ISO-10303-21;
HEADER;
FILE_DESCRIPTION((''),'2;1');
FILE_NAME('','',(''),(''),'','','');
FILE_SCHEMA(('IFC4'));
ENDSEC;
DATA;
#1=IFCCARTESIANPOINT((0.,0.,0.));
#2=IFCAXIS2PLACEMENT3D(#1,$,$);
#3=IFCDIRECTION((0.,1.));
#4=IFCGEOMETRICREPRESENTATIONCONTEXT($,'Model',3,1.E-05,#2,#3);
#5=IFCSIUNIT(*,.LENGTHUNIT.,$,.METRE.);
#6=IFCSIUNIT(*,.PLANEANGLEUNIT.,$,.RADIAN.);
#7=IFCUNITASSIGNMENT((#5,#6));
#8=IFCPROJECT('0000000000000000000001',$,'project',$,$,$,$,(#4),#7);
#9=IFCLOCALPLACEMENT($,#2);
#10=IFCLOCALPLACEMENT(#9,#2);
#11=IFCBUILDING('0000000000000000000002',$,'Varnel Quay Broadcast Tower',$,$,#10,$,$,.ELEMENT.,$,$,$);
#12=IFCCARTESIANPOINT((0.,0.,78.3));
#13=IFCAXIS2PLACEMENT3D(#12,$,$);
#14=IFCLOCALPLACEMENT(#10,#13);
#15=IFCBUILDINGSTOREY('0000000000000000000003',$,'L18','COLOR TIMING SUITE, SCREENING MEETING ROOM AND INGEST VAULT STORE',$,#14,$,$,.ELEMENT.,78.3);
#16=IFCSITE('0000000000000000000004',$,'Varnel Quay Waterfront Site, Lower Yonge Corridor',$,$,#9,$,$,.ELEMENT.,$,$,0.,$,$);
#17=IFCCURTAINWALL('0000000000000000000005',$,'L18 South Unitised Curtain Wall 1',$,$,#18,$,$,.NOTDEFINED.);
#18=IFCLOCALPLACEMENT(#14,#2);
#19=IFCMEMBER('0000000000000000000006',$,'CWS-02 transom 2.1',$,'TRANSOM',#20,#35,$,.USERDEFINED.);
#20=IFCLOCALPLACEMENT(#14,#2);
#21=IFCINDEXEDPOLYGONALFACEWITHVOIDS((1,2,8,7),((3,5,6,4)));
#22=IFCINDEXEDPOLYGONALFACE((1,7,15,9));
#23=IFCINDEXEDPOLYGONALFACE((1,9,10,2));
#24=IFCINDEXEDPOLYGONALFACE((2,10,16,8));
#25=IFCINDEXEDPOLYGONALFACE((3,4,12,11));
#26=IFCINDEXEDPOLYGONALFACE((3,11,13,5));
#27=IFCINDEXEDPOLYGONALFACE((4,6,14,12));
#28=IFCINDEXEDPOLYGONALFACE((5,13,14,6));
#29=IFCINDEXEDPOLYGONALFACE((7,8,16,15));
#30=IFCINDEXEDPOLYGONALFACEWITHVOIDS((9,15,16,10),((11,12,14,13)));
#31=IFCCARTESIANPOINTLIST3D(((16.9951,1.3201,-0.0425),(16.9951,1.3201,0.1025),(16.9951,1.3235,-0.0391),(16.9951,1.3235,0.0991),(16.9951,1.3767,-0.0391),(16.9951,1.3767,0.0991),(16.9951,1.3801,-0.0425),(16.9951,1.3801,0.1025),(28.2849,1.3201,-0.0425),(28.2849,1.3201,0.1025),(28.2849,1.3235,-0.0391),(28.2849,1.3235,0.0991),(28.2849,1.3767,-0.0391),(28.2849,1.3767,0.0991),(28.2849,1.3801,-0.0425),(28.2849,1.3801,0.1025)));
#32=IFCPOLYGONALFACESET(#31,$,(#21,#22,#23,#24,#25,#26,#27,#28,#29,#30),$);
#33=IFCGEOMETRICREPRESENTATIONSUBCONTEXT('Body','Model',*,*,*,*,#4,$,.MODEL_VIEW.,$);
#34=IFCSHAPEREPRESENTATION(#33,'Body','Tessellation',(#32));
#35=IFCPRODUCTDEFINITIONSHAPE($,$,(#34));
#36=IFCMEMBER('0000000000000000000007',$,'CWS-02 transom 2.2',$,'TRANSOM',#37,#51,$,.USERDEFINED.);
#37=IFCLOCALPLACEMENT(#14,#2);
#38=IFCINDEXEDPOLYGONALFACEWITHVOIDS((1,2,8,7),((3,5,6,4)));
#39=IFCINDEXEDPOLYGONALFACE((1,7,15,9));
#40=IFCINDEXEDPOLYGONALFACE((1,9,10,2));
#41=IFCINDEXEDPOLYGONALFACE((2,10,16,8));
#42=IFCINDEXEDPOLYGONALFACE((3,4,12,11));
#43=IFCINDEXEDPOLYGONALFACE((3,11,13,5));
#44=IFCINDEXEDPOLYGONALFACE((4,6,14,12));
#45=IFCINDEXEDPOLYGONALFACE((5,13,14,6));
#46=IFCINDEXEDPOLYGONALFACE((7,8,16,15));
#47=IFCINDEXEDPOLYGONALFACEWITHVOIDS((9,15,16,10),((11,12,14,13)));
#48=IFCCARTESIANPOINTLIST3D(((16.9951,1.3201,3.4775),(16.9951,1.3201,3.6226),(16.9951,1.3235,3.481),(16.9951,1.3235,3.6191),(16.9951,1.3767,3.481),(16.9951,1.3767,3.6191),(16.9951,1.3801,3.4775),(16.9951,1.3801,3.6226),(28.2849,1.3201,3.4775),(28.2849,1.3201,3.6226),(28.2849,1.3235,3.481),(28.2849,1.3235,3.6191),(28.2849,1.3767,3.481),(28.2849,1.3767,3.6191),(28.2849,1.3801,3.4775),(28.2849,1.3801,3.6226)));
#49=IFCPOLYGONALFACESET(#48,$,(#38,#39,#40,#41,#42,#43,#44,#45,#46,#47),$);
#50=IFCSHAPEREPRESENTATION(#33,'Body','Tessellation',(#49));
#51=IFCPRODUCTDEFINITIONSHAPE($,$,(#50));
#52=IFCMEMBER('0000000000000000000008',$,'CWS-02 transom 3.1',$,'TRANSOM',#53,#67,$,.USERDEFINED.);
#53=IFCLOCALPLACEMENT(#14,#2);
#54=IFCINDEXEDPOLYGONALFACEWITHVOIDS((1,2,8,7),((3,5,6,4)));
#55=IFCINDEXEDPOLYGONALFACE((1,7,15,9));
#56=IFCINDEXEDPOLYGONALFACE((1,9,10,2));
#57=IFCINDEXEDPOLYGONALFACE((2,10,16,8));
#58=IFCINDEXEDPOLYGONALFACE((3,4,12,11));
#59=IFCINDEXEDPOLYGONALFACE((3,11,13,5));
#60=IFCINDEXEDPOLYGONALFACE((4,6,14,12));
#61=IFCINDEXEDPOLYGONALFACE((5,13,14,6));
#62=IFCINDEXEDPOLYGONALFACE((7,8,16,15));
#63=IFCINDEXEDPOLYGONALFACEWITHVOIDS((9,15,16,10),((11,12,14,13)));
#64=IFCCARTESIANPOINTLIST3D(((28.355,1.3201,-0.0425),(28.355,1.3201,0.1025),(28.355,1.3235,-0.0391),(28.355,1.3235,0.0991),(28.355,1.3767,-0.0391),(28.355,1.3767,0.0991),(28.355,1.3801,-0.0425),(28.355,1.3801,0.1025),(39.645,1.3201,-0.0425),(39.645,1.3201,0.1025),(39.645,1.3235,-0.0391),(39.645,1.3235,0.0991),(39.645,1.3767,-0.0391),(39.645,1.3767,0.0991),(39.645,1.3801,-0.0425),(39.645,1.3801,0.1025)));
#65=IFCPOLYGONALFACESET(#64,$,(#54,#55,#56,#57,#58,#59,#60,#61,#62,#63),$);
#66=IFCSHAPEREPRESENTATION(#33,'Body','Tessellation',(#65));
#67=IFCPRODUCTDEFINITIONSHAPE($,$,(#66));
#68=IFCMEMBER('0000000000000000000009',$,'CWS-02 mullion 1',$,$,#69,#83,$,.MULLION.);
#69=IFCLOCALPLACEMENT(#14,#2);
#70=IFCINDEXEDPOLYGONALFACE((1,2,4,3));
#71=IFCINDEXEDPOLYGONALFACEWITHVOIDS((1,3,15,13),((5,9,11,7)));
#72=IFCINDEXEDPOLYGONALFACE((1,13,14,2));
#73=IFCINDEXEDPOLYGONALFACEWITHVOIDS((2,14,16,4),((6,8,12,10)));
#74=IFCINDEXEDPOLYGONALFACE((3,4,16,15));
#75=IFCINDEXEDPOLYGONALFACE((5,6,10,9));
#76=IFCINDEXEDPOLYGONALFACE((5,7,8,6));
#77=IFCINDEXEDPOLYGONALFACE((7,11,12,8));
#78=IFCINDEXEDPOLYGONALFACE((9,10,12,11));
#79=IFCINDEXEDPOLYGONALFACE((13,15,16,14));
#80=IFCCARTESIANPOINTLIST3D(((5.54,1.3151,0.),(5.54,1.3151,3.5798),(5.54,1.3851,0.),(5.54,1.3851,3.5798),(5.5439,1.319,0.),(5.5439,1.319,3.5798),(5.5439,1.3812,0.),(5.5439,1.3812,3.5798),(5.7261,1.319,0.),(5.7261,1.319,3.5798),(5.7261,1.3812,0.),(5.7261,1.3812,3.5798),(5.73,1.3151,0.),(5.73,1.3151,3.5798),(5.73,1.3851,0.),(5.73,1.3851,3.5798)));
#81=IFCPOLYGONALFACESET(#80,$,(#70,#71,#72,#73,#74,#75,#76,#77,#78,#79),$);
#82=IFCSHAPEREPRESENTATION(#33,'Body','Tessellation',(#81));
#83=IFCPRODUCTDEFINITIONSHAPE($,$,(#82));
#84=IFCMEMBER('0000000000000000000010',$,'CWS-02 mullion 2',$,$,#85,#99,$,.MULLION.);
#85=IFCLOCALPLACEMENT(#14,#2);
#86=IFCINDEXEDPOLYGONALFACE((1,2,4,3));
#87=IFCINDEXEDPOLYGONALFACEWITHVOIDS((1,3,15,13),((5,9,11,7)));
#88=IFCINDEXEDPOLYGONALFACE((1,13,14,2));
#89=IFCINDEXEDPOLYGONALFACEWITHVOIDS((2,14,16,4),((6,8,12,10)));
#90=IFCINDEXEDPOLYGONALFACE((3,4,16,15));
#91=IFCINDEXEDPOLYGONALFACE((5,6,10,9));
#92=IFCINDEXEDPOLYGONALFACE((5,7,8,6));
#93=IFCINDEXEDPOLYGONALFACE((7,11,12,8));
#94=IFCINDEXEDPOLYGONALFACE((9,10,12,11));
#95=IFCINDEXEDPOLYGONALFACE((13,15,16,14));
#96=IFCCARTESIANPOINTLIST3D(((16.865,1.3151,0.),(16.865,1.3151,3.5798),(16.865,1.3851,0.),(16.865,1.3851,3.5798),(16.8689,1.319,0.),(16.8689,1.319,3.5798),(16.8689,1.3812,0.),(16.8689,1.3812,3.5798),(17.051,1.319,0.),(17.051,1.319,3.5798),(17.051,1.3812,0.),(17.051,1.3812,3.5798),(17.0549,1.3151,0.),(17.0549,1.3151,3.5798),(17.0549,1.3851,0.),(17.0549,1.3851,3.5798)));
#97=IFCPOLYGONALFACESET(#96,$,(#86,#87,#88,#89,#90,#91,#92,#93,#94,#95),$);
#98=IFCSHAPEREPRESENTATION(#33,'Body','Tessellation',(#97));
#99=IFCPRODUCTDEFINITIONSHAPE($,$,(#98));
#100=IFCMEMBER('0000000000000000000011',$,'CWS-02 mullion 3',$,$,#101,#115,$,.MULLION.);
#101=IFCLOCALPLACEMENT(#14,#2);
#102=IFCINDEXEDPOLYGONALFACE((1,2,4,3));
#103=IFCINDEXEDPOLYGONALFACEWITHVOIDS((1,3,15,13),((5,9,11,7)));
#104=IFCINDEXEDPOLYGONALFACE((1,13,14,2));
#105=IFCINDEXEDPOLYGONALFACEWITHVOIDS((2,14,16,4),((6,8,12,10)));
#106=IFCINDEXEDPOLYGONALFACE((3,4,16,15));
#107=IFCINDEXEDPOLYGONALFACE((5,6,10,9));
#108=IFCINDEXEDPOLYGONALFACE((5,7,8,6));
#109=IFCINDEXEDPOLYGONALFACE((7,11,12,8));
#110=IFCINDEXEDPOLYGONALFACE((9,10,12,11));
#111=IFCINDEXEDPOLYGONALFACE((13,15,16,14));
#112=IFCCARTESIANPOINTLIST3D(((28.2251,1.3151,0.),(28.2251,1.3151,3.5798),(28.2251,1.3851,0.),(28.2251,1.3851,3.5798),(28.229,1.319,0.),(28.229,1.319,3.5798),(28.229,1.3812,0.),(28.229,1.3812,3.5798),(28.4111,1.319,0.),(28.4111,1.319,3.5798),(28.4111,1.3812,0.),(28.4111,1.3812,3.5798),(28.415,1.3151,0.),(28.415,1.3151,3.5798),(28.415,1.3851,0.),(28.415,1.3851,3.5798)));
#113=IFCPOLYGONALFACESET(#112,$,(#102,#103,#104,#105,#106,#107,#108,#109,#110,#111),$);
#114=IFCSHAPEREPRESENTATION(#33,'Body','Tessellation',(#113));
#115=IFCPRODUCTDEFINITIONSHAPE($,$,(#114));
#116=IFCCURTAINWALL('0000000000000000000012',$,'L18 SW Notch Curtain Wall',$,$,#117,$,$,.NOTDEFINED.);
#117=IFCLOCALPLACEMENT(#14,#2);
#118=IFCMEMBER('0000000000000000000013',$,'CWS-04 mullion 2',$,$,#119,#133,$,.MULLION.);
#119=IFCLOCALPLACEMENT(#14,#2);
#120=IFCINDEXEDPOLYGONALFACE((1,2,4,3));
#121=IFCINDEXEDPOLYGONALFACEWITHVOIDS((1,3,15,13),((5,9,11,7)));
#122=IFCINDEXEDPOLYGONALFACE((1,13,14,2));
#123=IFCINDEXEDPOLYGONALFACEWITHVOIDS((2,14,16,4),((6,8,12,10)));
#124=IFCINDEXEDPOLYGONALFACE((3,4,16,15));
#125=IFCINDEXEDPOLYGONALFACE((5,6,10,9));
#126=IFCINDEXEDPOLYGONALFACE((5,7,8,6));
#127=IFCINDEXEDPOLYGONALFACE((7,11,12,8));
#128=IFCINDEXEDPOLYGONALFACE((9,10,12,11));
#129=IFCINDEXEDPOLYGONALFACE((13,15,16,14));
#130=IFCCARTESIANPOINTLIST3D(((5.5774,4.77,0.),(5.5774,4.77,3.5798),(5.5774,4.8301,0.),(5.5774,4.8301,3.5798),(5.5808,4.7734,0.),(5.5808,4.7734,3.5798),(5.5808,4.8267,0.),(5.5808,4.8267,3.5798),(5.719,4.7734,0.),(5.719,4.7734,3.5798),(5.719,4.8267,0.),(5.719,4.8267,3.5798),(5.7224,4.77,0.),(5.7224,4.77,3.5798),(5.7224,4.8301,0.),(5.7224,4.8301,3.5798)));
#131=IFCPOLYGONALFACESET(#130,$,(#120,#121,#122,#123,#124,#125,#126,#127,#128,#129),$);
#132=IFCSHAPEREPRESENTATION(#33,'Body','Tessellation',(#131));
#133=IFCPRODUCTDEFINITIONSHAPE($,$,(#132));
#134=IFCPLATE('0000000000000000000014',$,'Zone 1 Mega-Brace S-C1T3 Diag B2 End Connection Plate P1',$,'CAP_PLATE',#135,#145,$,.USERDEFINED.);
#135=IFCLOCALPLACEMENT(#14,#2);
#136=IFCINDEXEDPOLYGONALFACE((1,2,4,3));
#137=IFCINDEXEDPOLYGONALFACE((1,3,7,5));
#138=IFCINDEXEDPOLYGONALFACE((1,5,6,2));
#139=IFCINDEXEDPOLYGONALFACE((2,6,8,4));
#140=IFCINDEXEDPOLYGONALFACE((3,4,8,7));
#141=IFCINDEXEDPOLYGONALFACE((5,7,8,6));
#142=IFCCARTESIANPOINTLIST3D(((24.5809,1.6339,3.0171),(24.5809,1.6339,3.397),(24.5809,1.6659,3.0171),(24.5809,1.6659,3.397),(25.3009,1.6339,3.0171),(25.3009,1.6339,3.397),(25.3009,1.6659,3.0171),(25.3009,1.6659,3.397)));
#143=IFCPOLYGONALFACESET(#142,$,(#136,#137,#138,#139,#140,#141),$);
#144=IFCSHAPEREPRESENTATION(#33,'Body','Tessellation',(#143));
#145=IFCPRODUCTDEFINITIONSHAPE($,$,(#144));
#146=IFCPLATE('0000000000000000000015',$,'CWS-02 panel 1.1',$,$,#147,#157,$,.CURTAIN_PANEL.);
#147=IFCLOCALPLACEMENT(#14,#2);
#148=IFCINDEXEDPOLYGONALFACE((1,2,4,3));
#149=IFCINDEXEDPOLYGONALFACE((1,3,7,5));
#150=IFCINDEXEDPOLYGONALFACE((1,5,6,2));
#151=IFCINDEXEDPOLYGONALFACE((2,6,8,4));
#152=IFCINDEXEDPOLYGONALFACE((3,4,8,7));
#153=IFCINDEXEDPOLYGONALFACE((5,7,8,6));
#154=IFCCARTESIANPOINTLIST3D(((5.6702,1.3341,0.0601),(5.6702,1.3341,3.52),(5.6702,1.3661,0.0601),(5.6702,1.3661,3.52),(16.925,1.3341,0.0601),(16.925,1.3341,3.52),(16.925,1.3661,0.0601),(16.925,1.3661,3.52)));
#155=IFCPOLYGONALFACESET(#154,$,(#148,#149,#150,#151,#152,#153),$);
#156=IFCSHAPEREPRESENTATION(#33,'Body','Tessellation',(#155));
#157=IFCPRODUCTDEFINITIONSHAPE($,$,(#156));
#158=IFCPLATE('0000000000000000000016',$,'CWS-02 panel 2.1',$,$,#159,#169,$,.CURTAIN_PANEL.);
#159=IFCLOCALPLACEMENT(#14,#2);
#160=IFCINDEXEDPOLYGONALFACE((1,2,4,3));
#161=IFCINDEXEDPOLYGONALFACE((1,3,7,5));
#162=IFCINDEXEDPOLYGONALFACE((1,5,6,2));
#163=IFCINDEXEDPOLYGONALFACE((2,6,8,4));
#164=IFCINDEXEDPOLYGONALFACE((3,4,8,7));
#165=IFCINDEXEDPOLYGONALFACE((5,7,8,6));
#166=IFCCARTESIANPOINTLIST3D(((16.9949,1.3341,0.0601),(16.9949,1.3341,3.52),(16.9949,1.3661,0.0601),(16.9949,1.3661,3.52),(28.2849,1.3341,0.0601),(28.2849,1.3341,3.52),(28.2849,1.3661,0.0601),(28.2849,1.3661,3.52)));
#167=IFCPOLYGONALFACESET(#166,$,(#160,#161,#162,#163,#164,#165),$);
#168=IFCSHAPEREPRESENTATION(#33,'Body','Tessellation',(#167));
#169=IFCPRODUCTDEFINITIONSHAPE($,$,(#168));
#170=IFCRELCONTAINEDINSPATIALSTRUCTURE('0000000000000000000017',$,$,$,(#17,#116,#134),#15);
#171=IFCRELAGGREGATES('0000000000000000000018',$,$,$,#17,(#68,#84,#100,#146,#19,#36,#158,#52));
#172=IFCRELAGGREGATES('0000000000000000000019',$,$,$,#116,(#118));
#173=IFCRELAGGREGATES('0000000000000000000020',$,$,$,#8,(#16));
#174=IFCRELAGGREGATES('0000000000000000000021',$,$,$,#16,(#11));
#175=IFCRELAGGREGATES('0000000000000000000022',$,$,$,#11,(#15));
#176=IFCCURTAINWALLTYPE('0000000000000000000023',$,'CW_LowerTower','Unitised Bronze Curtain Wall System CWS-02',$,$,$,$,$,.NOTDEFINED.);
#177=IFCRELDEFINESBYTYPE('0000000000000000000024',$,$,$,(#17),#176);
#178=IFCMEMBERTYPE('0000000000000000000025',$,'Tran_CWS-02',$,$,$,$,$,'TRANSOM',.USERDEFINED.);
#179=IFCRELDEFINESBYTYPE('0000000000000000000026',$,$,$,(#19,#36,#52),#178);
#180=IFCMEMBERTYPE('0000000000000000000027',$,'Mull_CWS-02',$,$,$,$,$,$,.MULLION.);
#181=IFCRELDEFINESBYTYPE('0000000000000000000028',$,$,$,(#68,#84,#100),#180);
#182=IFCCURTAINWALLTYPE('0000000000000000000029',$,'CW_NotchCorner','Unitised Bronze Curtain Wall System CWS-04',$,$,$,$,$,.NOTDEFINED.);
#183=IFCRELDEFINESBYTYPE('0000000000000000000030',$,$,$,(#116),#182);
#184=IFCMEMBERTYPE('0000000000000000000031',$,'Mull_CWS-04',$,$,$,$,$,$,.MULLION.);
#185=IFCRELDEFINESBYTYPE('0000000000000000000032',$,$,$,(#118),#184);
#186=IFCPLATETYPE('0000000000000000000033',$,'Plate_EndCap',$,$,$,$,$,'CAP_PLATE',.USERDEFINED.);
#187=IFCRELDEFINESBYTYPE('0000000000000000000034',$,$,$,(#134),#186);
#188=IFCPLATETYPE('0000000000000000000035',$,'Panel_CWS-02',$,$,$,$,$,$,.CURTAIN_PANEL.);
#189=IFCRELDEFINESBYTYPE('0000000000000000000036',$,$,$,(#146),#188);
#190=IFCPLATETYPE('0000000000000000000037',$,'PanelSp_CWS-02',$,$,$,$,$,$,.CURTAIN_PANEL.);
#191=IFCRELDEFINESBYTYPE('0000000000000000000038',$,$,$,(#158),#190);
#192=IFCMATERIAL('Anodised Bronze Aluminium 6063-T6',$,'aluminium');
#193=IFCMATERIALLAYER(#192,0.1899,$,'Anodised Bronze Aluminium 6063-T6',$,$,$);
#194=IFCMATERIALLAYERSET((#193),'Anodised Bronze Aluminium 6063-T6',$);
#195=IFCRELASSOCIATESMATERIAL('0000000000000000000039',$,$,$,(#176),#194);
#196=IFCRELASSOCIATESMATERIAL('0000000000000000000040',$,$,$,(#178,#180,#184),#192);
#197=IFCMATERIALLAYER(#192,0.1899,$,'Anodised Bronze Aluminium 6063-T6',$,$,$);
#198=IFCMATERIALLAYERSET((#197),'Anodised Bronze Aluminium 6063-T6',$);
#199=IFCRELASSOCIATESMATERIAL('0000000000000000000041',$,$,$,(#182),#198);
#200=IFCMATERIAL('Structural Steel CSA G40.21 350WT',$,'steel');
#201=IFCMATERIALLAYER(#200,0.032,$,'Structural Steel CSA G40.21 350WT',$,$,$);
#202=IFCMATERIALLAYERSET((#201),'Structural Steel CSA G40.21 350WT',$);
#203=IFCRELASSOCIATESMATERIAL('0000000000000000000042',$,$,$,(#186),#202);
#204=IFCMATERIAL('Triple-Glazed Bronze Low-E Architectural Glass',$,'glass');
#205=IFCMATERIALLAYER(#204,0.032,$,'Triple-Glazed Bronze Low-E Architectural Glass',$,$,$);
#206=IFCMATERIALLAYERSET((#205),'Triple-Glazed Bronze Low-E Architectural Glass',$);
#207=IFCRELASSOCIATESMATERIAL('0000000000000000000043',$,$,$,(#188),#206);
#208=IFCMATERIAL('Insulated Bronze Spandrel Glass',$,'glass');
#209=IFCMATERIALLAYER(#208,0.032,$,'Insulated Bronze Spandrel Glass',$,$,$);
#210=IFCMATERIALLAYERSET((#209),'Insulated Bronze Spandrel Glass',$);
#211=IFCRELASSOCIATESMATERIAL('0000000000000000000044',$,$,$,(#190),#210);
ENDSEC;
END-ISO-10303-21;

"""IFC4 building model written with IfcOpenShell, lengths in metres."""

from ifc_helpers import new_model, si_unit, direction, frame, origin, origin_2d, place, context, subcontext, project, spatial, rectangle, hollow_rectangle, extrude, source, transform, mapped, material, layer, layer_set, material_profile, profile_set, type_object, type_shapes, element, aggregate, save


model = new_model("IFC4")

# Units and contexts
model_context = context("Model", 3, precision=1e-05, world=origin(), true_north=direction((0.0, 1.0)))
body_context = subcontext(model_context, "Body", "Model", "MODEL_VIEW")
ifc_project = project(units=[si_unit("LENGTHUNIT", "METRE"), si_unit("PLANEANGLEUNIT", "RADIAN")], contexts=[model_context])

# Site, building, storey
site_placement = place(None, origin())
site = spatial("IfcSite", under=ifc_project, at=site_placement, Name="Varnel Quay Waterfront Site, Lower Yonge Corridor", CompositionType="ELEMENT", RefElevation=0.0)
building_placement = place(site_placement, origin())
building = spatial("IfcBuilding", under=site, at=building_placement, Name="Varnel Quay Broadcast Tower", CompositionType="ELEMENT")
storey_placement = place(building_placement, frame((0.0, 0.0, 78.3)))
storey = spatial("IfcBuildingStorey", under=building, at=storey_placement, Name="L18", Description="COLOR TIMING SUITE, SCREENING MEETING ROOM AND INGEST VAULT STORE", CompositionType="ELEMENT", Elevation=78.3)

# Shared definitions
ifc_material_1 = material(Name="Structural Steel CSA G40.21 350WT", Category="steel")

# Curtain wall, members
ifc_material_2 = material(Name="Anodised Bronze Aluminium 6063-T6", Category="aluminium")
ifc_layer_1 = layer(ifc_material_2, 0.1899, Name="Anodised Bronze Aluminium 6063-T6")
ifc_layer_set_1 = layer_set([ifc_layer_1], Name="Anodised Bronze Aluminium 6063-T6")
curtain_wall_type_1 = type_object("IfcCurtainWallType", Name="CW_LowerTower", Description="Unitised Bronze Curtain Wall System CWS-02", PredefinedType="NOTDEFINED", material=ifc_layer_set_1)
curtain_wall_1_placement = place(storey_placement, origin())
curtain_wall_1 = element("IfcCurtainWall", 1, at=curtain_wall_1_placement, inside=storey, type_object=curtain_wall_type_1, Name="L18 South Unitised Curtain Wall 1", PredefinedType="NOTDEFINED")
ifc_material_profile_1 = material_profile(ifc_material_2, hollow_rectangle(XDim=0.0601, YDim=0.145, WallThickness=0.0034, at=origin_2d()), Name="ALU60X145X3.5")
ifc_profile_set_1 = profile_set([ifc_material_profile_1], Name="Anodised Bronze Aluminium 6063-T6")
member_type_1 = type_object("IfcMemberType", Name="Tran_CWS-02", ElementType="TRANSOM", PredefinedType="USERDEFINED", material=ifc_profile_set_1)
shared_shape_1 = source(origin(), body_context, "Body", "SweptSolid", [
    extrude(hollow_rectangle(XDim=0.0601, YDim=0.145, WallThickness=0.0034, at=origin_2d()), origin(), (0.0, 0.0, 1.0), 11.2898),
])
member_1_placement = place(storey_placement, frame((16.9951, 1.3501, 0.03), z_axis=(1.0, 0.0, 0.0), x_axis=(0.0, 1.0, 0.0)))
member_1 = element("IfcMember", 2, at=member_1_placement, type_object=member_type_1, Name="CWS-02 transom 2.1", ObjectType="TRANSOM", PredefinedType="USERDEFINED", context=body_context, shape_type="MappedRepresentation", body=[
    mapped(shared_shape_1, transform((0.0, 0.0, 0.0), x_axis=(1.0, 0.0, 0.0), y_axis=(0.0, 1.0, 0.0), z_axis=(0.0, 0.0, 1.0), scale=1.0)),
])
member_2_placement = place(storey_placement, frame((16.9951, 1.3501, 3.55), z_axis=(1.0, 0.0, 0.0), x_axis=(0.0, 1.0, 0.0)))
member_2 = element("IfcMember", 3, at=member_2_placement, type_object=member_type_1, Name="CWS-02 transom 2.2", ObjectType="TRANSOM", PredefinedType="USERDEFINED", context=body_context, shape_type="MappedRepresentation", body=[
    mapped(shared_shape_1, transform((0.0, 0.0, 0.0), x_axis=(1.0, 0.0, 0.0), y_axis=(0.0, 1.0, 0.0), z_axis=(0.0, 0.0, 1.0), scale=1.0)),
])
shared_shape_2 = source(origin(), body_context, "Body", "SweptSolid", [
    extrude(hollow_rectangle(XDim=0.0601, YDim=0.145, WallThickness=0.0034, at=origin_2d()), origin(), (0.0, 0.0, 1.0), 11.29),
])
member_3_placement = place(storey_placement, frame((28.355, 1.3501, 0.03), z_axis=(1.0, 0.0, 0.0), x_axis=(0.0, 1.0, 0.0)))
member_3 = element("IfcMember", 4, at=member_3_placement, type_object=member_type_1, Name="CWS-02 transom 3.1", ObjectType="TRANSOM", PredefinedType="USERDEFINED", context=body_context, shape_type="MappedRepresentation", body=[
    mapped(shared_shape_2, transform((0.0, 0.0, 0.0), x_axis=(1.0, 0.0, 0.0), y_axis=(0.0, 1.0, 0.0), z_axis=(0.0, 0.0, 1.0), scale=1.0)),
])
ifc_material_profile_2 = material_profile(ifc_material_2, hollow_rectangle(XDim=0.0701, YDim=0.1899, WallThickness=0.0039, at=origin_2d()), Name="ALU70X190X4")
ifc_profile_set_2 = profile_set([ifc_material_profile_2], Name="Anodised Bronze Aluminium 6063-T6")
member_type_2 = type_object("IfcMemberType", Name="Mull_CWS-02", PredefinedType="MULLION", material=ifc_profile_set_2)
shared_shape_3 = source(origin(), body_context, "Body", "SweptSolid", [
    extrude(hollow_rectangle(XDim=0.0701, YDim=0.1899, WallThickness=0.0039, at=origin_2d()), origin(), (0.0, 0.0, 1.0), 3.5798),
])
type_shapes(member_type_2, [shared_shape_3])
member_4_placement = place(storey_placement, frame((5.635, 1.3501, 0.0), z_axis=(0.0, 0.0, 1.0), x_axis=(0.0, 1.0, 0.0)))
member_4 = element("IfcMember", 5, at=member_4_placement, type_object=member_type_2, Name="CWS-02 mullion 1", PredefinedType="MULLION", context=body_context, shape_type="MappedRepresentation", body=[
    mapped(shared_shape_3, transform((0.0, 0.0, 0.0), x_axis=(1.0, 0.0, 0.0), y_axis=(0.0, 1.0, 0.0), z_axis=(0.0, 0.0, 1.0), scale=1.0)),
])
member_5_placement = place(storey_placement, frame((16.96, 1.3501, 0.0), z_axis=(0.0, 0.0, 1.0), x_axis=(0.0, 1.0, 0.0)))
member_5 = element("IfcMember", 6, at=member_5_placement, type_object=member_type_2, Name="CWS-02 mullion 2", PredefinedType="MULLION", context=body_context, shape_type="MappedRepresentation", body=[
    mapped(shared_shape_3, transform((0.0, 0.0, 0.0), x_axis=(1.0, 0.0, 0.0), y_axis=(0.0, 1.0, 0.0), z_axis=(0.0, 0.0, 1.0), scale=1.0)),
])
member_6_placement = place(storey_placement, frame((28.3201, 1.3501, 0.0), z_axis=(0.0, 0.0, 1.0), x_axis=(0.0, 1.0, 0.0)))
member_6 = element("IfcMember", 7, at=member_6_placement, type_object=member_type_2, Name="CWS-02 mullion 3", PredefinedType="MULLION", context=body_context, shape_type="MappedRepresentation", body=[
    mapped(shared_shape_3, transform((0.0, 0.0, 0.0), x_axis=(1.0, 0.0, 0.0), y_axis=(0.0, 1.0, 0.0), z_axis=(0.0, 0.0, 1.0), scale=1.0)),
])

# Curtain wall, member
ifc_layer_2 = layer(ifc_material_2, 0.1899, Name="Anodised Bronze Aluminium 6063-T6")
ifc_layer_set_2 = layer_set([ifc_layer_2], Name="Anodised Bronze Aluminium 6063-T6")
curtain_wall_type_2 = type_object("IfcCurtainWallType", Name="CW_NotchCorner", Description="Unitised Bronze Curtain Wall System CWS-04", PredefinedType="NOTDEFINED", material=ifc_layer_set_2)
curtain_wall_2_placement = place(storey_placement, origin())
curtain_wall_2 = element("IfcCurtainWall", 8, at=curtain_wall_2_placement, inside=storey, type_object=curtain_wall_type_2, Name="L18 SW Notch Curtain Wall", PredefinedType="NOTDEFINED")
ifc_material_profile_3 = material_profile(ifc_material_2, hollow_rectangle(XDim=0.0601, YDim=0.145, WallThickness=0.0034, at=origin_2d()), Name="ALU60X145X3.5")
ifc_profile_set_3 = profile_set([ifc_material_profile_3], Name="Anodised Bronze Aluminium 6063-T6")
member_type_3 = type_object("IfcMemberType", Name="Mull_CWS-04", PredefinedType="MULLION", material=ifc_profile_set_3)
shared_shape_4 = source(origin(), body_context, "Body", "SweptSolid", [
    extrude(hollow_rectangle(XDim=0.0601, YDim=0.145, WallThickness=0.0034, at=origin_2d()), origin(), (0.0, 0.0, 1.0), 3.5798),
])
type_shapes(member_type_3, [shared_shape_4])
member_7_placement = place(storey_placement, frame((5.6499, 4.8, 0.0), z_axis=(0.0, 0.0, 1.0), x_axis=(0.0, 1.0, 0.0)))
member_7 = element("IfcMember", 9, at=member_7_placement, type_object=member_type_3, Name="CWS-04 mullion 2", PredefinedType="MULLION", context=body_context, shape_type="MappedRepresentation", body=[
    mapped(shared_shape_4, transform((0.0, 0.0, 0.0), x_axis=(1.0, 0.0, 0.0), y_axis=(0.0, 1.0, 0.0), z_axis=(0.0, 0.0, 1.0), scale=1.0)),
])

# Plates
ifc_layer_3 = layer(ifc_material_1, 0.032, Name="Structural Steel CSA G40.21 350WT")
ifc_layer_set_3 = layer_set([ifc_layer_3], Name="Structural Steel CSA G40.21 350WT")
plate_type_1 = type_object("IfcPlateType", Name="Plate_EndCap", ElementType="CAP_PLATE", PredefinedType="USERDEFINED", material=ifc_layer_set_3)
shared_shape_5 = source(origin(), body_context, "Body", "SweptSolid", [
    extrude(rectangle(XDim=0.72, YDim=0.032, at=origin_2d()), origin(), (0.0, 0.0, 1.0), 0.3799),
])
type_shapes(plate_type_1, [shared_shape_5])
plate_1_placement = place(storey_placement, frame((24.9409, 1.6499, 3.0171), z_axis=(0.0, 0.0, 1.0), x_axis=(1.0, 0.0, 0.0)))
element("IfcPlate", 10, at=plate_1_placement, inside=storey, type_object=plate_type_1, Name="Zone 1 Mega-Brace S-C1T3 Diag B2 End Connection Plate P1", ObjectType="CAP_PLATE", PredefinedType="USERDEFINED", context=body_context, shape_type="MappedRepresentation", body=[
    mapped(shared_shape_5, transform((0.0, 0.0, 0.0), x_axis=(1.0, 0.0, 0.0), y_axis=(0.0, 1.0, 0.0), z_axis=(0.0, 0.0, 1.0), scale=1.0)),
])
ifc_material_3 = material(Name="Triple-Glazed Bronze Low-E Architectural Glass", Category="glass")
ifc_layer_4 = layer(ifc_material_3, 0.032, Name="Triple-Glazed Bronze Low-E Architectural Glass")
ifc_layer_set_4 = layer_set([ifc_layer_4], Name="Triple-Glazed Bronze Low-E Architectural Glass")
plate_type_2 = type_object("IfcPlateType", Name="Panel_CWS-02", PredefinedType="CURTAIN_PANEL", material=ifc_layer_set_4)
shared_shape_6 = source(origin(), body_context, "Body", "SweptSolid", [
    extrude(rectangle(XDim=11.2549, YDim=0.032, at=origin_2d()), origin(), (0.0, 0.0, 1.0), 3.46),
])
type_shapes(plate_type_2, [shared_shape_6])
plate_2_placement = place(storey_placement, frame((11.2976, 1.3501, 0.0601), z_axis=(0.0, 0.0, 1.0), x_axis=(1.0, 0.0, 0.0)))
plate_2 = element("IfcPlate", 11, at=plate_2_placement, type_object=plate_type_2, Name="CWS-02 panel 1.1", PredefinedType="CURTAIN_PANEL", context=body_context, shape_type="MappedRepresentation", body=[
    mapped(shared_shape_6, transform((0.0, 0.0, 0.0), x_axis=(1.0, 0.0, 0.0), y_axis=(0.0, 1.0, 0.0), z_axis=(0.0, 0.0, 1.0), scale=1.0)),
])
ifc_material_4 = material(Name="Insulated Bronze Spandrel Glass", Category="glass")
ifc_layer_5 = layer(ifc_material_4, 0.032, Name="Insulated Bronze Spandrel Glass")
ifc_layer_set_5 = layer_set([ifc_layer_5], Name="Insulated Bronze Spandrel Glass")
plate_type_3 = type_object("IfcPlateType", Name="PanelSp_CWS-02", PredefinedType="CURTAIN_PANEL", material=ifc_layer_set_5)
shared_shape_7 = source(origin(), body_context, "Body", "SweptSolid", [
    extrude(rectangle(XDim=11.29, YDim=0.032, at=origin_2d()), origin(), (0.0, 0.0, 1.0), 3.46),
])
type_shapes(plate_type_3, [shared_shape_7])
plate_3_placement = place(storey_placement, frame((22.6399, 1.3501, 0.0601), z_axis=(0.0, 0.0, 1.0), x_axis=(1.0, 0.0, 0.0)))
plate_3 = element("IfcPlate", 12, at=plate_3_placement, type_object=plate_type_3, Name="CWS-02 panel 2.1", PredefinedType="CURTAIN_PANEL", context=body_context, shape_type="MappedRepresentation", body=[
    mapped(shared_shape_7, transform((0.0, 0.0, 0.0), x_axis=(1.0, 0.0, 0.0), y_axis=(0.0, 1.0, 0.0), z_axis=(0.0, 0.0, 1.0), scale=1.0)),
])
aggregate(curtain_wall_1, [member_4, member_5, member_6, plate_2, member_1, member_2, plate_3, member_3])
aggregate(curtain_wall_2, [member_7])

save(model, "model.ifc")
